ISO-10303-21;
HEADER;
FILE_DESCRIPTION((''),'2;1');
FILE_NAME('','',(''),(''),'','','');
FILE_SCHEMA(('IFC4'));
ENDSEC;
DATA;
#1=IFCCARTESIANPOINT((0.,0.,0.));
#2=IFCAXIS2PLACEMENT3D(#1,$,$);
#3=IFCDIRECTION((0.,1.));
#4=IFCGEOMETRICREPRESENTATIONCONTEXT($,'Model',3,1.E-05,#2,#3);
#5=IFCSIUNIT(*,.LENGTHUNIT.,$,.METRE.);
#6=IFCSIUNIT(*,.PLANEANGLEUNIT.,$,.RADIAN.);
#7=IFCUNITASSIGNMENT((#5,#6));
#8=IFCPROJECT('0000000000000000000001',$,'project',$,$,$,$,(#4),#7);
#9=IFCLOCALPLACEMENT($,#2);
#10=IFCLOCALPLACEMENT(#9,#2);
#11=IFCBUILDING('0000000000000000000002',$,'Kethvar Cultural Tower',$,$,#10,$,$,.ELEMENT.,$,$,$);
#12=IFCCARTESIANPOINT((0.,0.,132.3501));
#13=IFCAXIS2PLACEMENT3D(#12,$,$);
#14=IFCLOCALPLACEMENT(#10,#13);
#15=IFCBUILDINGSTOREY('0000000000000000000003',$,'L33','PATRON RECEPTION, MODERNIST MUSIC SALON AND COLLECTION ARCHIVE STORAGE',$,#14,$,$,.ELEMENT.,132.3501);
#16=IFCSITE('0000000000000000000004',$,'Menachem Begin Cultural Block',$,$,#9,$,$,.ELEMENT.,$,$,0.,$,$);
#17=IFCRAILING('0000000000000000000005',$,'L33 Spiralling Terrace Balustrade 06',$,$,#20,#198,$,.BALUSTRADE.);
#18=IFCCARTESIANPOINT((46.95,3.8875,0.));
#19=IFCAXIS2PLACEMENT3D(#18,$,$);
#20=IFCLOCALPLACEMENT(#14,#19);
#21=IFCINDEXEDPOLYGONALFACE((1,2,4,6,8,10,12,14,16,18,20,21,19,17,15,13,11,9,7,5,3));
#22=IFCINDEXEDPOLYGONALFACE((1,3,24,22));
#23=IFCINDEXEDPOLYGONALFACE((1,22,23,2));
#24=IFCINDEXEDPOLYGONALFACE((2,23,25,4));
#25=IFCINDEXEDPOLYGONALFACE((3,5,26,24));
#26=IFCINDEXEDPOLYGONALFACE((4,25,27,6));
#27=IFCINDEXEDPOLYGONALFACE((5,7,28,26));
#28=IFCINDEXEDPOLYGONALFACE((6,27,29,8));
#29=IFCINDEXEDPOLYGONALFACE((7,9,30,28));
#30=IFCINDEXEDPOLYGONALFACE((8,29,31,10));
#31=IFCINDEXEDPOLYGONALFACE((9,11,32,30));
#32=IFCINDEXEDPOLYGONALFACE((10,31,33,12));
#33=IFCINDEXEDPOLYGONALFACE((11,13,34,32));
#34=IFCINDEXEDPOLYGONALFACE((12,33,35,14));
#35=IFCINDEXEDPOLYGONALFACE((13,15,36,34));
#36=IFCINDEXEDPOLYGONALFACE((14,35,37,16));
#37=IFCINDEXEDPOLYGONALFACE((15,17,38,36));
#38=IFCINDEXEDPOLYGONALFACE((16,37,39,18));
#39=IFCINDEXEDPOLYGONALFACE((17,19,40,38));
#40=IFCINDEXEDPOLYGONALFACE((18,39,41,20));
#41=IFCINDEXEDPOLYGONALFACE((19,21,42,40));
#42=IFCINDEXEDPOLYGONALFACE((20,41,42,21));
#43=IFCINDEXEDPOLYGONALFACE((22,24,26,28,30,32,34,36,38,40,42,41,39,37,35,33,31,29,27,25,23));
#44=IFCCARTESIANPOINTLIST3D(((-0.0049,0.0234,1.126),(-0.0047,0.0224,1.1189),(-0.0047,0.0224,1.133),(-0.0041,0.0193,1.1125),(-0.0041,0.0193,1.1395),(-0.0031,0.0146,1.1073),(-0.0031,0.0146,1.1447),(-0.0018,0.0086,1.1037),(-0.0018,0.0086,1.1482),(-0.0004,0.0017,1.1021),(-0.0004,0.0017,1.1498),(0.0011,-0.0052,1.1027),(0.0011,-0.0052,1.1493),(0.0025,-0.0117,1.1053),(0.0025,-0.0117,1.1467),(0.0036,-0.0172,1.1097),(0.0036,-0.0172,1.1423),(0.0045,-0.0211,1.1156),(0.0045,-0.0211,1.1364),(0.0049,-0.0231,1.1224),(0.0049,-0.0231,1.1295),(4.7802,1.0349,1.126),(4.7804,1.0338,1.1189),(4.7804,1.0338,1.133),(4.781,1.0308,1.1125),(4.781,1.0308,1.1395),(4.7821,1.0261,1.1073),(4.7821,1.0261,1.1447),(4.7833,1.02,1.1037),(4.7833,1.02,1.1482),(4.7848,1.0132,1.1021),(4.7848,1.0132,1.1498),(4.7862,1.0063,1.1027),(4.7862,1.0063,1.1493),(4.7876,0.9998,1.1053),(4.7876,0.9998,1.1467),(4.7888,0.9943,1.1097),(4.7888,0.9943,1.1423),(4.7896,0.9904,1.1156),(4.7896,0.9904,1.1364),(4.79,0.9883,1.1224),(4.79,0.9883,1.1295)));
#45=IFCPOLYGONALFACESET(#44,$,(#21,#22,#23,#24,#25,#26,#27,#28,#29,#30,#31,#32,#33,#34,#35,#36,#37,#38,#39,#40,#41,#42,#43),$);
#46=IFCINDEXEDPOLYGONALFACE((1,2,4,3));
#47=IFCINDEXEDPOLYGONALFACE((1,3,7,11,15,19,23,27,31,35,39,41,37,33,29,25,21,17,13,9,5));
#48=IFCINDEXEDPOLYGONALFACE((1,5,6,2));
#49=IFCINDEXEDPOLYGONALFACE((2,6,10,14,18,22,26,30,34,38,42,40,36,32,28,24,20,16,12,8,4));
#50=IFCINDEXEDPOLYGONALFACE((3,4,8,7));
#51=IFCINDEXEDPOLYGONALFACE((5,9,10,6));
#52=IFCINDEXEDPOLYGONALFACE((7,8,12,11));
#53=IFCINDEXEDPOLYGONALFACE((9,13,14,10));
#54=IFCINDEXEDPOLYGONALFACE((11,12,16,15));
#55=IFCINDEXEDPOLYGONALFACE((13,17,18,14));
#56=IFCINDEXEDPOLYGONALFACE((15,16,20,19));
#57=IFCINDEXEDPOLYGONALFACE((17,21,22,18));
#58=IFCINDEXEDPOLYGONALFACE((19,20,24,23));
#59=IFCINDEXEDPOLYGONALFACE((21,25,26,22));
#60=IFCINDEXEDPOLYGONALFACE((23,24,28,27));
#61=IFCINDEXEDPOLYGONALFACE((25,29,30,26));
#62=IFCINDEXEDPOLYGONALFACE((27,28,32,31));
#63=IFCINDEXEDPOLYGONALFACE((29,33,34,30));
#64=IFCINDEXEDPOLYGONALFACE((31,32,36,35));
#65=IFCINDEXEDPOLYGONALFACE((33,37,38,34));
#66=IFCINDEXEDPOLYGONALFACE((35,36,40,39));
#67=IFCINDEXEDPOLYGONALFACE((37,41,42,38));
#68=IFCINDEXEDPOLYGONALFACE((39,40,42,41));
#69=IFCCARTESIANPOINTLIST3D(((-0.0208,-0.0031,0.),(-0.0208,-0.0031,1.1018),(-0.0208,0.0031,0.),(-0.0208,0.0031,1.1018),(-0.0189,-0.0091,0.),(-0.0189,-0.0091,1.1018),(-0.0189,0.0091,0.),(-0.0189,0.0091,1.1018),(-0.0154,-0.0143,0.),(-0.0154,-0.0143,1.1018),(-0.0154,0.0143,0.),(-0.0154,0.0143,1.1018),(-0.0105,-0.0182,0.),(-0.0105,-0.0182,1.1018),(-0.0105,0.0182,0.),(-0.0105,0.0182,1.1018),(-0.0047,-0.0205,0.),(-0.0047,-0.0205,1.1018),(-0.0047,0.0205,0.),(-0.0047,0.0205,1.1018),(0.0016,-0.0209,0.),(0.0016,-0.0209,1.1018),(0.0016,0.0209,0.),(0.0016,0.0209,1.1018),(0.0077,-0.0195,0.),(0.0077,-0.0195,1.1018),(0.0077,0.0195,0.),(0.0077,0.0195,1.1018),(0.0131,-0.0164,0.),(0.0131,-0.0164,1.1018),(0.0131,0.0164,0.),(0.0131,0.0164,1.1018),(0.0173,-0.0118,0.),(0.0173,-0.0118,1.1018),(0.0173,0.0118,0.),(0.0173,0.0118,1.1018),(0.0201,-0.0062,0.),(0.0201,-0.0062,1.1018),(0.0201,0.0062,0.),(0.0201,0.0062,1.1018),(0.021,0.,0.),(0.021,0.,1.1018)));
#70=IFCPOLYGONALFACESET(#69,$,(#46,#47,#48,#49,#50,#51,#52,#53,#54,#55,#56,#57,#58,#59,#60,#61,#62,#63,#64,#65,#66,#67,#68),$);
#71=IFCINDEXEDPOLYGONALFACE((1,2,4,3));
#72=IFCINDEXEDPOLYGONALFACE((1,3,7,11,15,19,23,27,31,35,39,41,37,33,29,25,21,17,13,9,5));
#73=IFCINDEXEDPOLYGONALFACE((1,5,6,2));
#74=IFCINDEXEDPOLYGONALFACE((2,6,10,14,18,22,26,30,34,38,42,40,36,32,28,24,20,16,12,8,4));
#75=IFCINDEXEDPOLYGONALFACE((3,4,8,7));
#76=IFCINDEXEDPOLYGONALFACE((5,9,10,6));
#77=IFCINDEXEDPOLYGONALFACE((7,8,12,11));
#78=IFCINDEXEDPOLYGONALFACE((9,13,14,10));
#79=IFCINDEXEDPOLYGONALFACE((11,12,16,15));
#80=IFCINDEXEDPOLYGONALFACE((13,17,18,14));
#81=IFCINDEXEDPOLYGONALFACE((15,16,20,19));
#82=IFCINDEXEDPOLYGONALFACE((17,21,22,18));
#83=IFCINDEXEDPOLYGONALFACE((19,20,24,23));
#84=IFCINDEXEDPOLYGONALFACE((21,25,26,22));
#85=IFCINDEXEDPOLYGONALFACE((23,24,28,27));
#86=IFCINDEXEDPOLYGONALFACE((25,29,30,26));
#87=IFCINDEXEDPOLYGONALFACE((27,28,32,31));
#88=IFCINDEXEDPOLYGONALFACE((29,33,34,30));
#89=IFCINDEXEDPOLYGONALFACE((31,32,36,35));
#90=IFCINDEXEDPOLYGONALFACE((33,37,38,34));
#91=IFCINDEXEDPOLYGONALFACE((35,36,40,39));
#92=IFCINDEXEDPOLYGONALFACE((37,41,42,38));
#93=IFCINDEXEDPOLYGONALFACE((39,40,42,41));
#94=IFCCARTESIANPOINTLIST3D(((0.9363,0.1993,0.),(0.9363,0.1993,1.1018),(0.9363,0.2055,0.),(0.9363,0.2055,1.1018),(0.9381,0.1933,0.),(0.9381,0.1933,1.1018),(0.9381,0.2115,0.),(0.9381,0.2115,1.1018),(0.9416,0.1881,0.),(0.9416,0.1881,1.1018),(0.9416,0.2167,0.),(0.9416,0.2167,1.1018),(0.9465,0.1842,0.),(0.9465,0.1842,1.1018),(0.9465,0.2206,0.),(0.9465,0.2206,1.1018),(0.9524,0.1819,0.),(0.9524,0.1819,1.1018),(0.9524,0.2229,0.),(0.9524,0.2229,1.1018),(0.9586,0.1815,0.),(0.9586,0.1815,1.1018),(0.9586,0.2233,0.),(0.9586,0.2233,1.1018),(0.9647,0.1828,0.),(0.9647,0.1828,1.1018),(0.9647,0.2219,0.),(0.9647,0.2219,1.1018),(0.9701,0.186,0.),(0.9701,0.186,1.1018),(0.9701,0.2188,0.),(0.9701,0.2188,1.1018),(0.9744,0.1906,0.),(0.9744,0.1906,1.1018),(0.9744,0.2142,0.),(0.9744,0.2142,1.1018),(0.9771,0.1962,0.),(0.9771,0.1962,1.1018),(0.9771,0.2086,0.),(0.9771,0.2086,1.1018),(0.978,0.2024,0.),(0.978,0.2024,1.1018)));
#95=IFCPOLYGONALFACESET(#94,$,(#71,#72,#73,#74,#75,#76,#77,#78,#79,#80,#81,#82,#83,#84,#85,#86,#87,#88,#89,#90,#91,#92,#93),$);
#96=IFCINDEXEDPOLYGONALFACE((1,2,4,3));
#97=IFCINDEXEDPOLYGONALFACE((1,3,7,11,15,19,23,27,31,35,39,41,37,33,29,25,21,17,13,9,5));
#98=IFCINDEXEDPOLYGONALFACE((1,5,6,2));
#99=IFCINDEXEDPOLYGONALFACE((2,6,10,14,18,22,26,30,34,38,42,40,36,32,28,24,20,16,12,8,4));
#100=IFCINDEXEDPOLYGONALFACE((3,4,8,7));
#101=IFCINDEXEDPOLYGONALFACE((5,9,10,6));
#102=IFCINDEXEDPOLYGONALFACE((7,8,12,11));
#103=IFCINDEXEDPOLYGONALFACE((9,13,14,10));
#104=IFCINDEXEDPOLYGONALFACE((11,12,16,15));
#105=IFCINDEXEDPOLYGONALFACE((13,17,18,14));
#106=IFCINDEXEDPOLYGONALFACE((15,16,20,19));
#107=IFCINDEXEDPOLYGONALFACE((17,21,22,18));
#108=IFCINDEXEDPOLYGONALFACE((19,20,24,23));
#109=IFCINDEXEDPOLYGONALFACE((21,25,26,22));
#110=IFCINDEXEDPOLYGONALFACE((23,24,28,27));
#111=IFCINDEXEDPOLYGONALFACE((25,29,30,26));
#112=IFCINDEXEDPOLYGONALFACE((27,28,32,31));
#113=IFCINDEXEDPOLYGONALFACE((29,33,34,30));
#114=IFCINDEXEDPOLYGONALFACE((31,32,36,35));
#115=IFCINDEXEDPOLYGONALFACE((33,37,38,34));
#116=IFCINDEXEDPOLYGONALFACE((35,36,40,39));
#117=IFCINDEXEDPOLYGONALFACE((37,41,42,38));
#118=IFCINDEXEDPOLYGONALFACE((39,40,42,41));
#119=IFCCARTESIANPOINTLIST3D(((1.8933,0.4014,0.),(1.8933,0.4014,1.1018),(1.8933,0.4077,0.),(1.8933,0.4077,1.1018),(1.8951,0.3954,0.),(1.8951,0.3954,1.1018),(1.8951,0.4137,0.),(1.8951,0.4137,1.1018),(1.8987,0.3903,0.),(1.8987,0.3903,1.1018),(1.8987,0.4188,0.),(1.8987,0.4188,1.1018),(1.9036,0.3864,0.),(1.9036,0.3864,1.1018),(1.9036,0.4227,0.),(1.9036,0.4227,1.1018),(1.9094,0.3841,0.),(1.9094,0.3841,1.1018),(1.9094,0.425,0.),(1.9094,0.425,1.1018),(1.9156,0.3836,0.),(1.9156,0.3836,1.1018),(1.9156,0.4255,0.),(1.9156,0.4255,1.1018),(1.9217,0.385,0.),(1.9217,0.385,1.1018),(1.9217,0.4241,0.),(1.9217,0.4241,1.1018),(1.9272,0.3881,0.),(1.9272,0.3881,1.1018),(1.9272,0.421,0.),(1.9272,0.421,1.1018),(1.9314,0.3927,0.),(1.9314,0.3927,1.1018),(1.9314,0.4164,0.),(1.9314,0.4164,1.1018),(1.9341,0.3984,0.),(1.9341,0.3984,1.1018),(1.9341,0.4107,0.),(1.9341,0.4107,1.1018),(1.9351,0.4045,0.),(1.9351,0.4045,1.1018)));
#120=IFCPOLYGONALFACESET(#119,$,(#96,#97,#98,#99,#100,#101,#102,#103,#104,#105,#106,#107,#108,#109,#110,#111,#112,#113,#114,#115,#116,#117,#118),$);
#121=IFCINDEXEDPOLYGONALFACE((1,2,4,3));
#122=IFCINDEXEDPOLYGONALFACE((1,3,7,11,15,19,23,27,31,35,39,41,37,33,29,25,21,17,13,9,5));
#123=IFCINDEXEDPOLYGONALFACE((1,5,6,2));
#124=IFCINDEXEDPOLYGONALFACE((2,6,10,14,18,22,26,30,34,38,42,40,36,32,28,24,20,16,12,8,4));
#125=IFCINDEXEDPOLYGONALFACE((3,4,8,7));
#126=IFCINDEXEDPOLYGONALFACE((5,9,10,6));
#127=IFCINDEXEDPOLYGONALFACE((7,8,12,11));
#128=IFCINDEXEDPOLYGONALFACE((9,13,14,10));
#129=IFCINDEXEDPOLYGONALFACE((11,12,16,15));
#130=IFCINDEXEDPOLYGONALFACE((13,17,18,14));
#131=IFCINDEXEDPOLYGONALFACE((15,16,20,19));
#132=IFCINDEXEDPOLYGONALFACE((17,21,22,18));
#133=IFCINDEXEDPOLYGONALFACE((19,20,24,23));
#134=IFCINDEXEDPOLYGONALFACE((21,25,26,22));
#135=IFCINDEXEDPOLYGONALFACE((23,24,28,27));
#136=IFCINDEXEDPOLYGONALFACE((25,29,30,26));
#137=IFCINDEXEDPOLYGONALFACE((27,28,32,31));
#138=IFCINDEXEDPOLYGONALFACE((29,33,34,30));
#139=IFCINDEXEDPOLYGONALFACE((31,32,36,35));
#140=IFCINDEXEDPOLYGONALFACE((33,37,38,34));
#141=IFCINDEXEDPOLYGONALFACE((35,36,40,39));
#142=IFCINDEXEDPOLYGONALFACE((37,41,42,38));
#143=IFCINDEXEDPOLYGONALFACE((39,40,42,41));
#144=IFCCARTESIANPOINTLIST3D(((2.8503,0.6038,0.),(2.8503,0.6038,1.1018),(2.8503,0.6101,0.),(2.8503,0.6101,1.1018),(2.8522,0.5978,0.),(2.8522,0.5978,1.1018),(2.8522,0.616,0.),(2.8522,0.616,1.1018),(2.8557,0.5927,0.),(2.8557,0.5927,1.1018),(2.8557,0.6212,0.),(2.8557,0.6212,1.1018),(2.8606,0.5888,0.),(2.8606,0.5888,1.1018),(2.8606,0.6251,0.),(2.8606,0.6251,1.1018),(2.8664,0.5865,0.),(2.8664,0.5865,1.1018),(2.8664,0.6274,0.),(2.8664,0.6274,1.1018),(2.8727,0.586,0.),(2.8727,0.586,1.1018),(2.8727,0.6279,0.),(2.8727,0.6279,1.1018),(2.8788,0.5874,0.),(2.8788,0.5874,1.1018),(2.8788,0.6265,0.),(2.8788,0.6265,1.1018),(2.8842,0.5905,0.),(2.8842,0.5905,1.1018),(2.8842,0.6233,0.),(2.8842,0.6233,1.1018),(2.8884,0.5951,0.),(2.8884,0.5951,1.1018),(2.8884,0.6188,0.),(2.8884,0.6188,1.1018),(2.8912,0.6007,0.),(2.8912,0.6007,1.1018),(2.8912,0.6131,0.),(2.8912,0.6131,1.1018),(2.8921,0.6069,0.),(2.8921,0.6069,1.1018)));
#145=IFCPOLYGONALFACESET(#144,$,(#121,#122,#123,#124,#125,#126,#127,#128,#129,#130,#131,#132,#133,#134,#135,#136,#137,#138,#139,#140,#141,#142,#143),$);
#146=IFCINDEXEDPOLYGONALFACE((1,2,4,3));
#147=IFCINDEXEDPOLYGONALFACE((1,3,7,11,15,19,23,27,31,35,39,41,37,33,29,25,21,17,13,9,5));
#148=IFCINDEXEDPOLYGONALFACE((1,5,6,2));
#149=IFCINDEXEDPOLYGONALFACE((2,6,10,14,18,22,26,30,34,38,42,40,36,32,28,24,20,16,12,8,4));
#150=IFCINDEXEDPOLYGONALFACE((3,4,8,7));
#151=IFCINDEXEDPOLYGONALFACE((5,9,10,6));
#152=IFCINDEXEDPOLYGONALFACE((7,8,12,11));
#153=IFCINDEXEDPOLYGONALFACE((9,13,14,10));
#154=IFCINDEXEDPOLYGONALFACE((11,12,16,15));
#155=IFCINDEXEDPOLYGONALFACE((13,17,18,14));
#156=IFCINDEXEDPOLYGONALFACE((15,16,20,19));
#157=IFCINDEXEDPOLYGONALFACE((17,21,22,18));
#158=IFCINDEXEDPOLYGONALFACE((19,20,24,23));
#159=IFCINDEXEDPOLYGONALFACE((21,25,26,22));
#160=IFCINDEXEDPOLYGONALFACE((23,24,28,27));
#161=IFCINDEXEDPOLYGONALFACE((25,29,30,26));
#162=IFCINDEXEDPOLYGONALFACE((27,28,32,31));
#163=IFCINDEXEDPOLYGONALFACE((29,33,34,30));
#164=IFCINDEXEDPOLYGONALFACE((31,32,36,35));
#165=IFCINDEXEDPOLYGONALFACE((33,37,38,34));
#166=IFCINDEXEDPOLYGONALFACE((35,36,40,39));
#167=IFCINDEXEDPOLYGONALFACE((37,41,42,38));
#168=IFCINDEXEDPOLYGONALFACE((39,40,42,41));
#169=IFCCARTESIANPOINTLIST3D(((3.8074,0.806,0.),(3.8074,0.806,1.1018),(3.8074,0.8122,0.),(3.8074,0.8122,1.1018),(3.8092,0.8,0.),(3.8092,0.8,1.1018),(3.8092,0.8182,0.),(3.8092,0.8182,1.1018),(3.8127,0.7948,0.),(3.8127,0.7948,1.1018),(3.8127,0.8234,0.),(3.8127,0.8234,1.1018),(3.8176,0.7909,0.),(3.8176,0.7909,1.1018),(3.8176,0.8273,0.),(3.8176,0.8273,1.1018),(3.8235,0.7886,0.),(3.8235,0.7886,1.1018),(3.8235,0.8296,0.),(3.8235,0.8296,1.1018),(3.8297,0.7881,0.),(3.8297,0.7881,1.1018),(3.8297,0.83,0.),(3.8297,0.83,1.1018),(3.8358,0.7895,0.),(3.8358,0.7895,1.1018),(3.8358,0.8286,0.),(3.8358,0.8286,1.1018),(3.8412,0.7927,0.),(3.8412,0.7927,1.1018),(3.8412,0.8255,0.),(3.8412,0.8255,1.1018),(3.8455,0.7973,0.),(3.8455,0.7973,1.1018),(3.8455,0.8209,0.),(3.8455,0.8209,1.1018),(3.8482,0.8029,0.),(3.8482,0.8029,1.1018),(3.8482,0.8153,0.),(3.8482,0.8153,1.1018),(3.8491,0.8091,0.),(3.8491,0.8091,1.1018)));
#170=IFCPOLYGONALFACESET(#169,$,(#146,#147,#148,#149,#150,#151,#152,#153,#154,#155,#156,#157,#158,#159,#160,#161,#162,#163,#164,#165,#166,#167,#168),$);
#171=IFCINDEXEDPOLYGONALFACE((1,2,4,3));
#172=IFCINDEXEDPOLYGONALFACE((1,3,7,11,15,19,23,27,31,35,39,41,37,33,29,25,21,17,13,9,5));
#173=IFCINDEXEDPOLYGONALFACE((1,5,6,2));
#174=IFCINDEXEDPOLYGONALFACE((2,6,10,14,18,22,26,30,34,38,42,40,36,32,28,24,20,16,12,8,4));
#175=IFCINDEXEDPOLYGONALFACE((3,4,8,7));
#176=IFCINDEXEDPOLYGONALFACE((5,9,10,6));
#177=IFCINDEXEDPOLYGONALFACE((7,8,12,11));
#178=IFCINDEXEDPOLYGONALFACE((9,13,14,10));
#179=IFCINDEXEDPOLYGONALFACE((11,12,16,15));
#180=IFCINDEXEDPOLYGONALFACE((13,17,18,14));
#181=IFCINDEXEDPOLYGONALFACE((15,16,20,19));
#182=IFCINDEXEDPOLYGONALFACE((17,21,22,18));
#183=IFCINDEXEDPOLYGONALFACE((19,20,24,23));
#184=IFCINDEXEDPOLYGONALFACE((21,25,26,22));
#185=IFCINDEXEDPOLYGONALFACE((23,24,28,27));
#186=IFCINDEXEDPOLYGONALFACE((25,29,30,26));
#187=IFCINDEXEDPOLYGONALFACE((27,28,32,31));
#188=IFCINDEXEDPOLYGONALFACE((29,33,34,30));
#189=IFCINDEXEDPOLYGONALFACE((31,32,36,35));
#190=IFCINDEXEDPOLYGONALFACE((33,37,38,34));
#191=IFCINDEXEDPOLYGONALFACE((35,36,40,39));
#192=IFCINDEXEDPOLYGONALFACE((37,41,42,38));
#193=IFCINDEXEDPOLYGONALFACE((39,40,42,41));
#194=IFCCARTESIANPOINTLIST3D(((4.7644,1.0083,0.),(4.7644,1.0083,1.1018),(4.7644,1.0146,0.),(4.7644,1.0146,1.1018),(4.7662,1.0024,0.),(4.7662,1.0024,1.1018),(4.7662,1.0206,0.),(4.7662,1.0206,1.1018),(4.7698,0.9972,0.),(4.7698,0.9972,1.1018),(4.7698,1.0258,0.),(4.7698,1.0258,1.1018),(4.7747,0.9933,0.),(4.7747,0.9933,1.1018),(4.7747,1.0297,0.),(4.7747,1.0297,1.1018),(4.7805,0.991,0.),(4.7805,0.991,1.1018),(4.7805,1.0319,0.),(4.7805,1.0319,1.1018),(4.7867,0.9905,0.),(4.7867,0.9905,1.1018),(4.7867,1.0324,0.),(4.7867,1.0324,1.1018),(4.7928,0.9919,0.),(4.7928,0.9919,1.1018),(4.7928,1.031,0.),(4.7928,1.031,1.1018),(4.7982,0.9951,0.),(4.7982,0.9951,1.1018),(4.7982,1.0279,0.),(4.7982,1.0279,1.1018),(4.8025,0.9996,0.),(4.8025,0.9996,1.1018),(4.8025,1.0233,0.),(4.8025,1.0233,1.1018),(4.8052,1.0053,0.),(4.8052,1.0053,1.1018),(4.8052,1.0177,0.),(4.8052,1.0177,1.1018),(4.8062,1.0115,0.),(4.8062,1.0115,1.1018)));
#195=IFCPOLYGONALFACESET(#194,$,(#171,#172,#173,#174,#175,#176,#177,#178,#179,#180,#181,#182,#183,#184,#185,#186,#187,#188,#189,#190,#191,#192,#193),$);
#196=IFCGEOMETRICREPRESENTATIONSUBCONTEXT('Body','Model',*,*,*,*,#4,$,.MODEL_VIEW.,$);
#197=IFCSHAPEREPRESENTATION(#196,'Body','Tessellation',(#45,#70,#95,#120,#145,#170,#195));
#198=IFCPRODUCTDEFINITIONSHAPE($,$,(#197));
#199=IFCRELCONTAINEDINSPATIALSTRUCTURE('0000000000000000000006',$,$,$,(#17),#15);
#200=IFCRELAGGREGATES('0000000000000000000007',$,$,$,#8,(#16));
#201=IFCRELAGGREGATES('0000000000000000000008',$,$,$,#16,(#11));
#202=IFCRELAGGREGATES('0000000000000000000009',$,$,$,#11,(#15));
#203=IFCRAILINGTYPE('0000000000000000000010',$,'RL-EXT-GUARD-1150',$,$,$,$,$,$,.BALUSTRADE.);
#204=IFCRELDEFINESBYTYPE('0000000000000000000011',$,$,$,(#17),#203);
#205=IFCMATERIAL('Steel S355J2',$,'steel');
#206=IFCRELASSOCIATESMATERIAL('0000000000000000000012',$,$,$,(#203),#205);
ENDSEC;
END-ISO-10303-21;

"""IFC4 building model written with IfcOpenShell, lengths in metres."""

from ifc_helpers import new_model, si_unit, direction, frame, origin, origin_2d, place, context, subcontext, project, spatial, circle, extrude, material, type_object, element, save


model = new_model("IFC4")

# Units and contexts
model_context = context("Model", 3, precision=1e-05, world=origin(), true_north=direction((0.0, 1.0)))
body_context = subcontext(model_context, "Body", "Model", "MODEL_VIEW")
ifc_project = project(units=[si_unit("LENGTHUNIT", "METRE"), si_unit("PLANEANGLEUNIT", "RADIAN")], contexts=[model_context])

# Site, building, storey
site_placement = place(None, origin())
site = spatial("IfcSite", under=ifc_project, at=site_placement, Name="Menachem Begin Cultural Block", CompositionType="ELEMENT", RefElevation=0.0)
building_placement = place(site_placement, origin())
building = spatial("IfcBuilding", under=site, at=building_placement, Name="Kethvar Cultural Tower", CompositionType="ELEMENT")
storey_placement = place(building_placement, frame((0.0, 0.0, 132.3501)))
storey = spatial("IfcBuildingStorey", under=building, at=storey_placement, Name="L33", Description="PATRON RECEPTION, MODERNIST MUSIC SALON AND COLLECTION ARCHIVE STORAGE", CompositionType="ELEMENT", Elevation=132.3501)

# Shared definitions
ifc_material_1 = material(Name="Steel S355J2", Category="steel")

# Railing
railing_type = type_object("IfcRailingType", Name="RL-EXT-GUARD-1150", PredefinedType="BALUSTRADE", material=ifc_material_1)
railing_1_placement = place(storey_placement, frame((46.95, 3.8875, 0.0)))
element("IfcRailing", 1, at=railing_1_placement, inside=storey, type_object=railing_type, Name="L33 Spiralling Terrace Balustrade 06", PredefinedType="BALUSTRADE", context=body_context, shape_type="SweptSolid", body=[
    extrude(circle(Radius=0.0239, at=origin_2d()), frame((0.0, 0.0, 1.126), z_axis=(0.978382, 0.206808, 0.0), x_axis=(-0.206808, 0.978382, 0.0)), (0.0, 0.0, 1.0), 4.8909),
    extrude(circle(Radius=0.021, at=origin_2d()), origin(), (0.0, 0.0, 1.0), 1.1018),
    extrude(circle(Radius=0.021, at=origin_2d()), frame((0.957, 0.2024, 0.0)), (0.0, 0.0, 1.0), 1.1018),
    extrude(circle(Radius=0.021, at=origin_2d()), frame((1.9141, 0.4045, 0.0)), (0.0, 0.0, 1.0), 1.1018),
    extrude(circle(Radius=0.021, at=origin_2d()), frame((2.8711, 0.6069, 0.0)), (0.0, 0.0, 1.0), 1.1018),
    extrude(circle(Radius=0.021, at=origin_2d()), frame((3.8281, 0.8091, 0.0)), (0.0, 0.0, 1.0), 1.1018),
    extrude(circle(Radius=0.021, at=origin_2d()), frame((4.7852, 1.0115, 0.0)), (0.0, 0.0, 1.0), 1.1018),
])

save(model, "model.ifc")
